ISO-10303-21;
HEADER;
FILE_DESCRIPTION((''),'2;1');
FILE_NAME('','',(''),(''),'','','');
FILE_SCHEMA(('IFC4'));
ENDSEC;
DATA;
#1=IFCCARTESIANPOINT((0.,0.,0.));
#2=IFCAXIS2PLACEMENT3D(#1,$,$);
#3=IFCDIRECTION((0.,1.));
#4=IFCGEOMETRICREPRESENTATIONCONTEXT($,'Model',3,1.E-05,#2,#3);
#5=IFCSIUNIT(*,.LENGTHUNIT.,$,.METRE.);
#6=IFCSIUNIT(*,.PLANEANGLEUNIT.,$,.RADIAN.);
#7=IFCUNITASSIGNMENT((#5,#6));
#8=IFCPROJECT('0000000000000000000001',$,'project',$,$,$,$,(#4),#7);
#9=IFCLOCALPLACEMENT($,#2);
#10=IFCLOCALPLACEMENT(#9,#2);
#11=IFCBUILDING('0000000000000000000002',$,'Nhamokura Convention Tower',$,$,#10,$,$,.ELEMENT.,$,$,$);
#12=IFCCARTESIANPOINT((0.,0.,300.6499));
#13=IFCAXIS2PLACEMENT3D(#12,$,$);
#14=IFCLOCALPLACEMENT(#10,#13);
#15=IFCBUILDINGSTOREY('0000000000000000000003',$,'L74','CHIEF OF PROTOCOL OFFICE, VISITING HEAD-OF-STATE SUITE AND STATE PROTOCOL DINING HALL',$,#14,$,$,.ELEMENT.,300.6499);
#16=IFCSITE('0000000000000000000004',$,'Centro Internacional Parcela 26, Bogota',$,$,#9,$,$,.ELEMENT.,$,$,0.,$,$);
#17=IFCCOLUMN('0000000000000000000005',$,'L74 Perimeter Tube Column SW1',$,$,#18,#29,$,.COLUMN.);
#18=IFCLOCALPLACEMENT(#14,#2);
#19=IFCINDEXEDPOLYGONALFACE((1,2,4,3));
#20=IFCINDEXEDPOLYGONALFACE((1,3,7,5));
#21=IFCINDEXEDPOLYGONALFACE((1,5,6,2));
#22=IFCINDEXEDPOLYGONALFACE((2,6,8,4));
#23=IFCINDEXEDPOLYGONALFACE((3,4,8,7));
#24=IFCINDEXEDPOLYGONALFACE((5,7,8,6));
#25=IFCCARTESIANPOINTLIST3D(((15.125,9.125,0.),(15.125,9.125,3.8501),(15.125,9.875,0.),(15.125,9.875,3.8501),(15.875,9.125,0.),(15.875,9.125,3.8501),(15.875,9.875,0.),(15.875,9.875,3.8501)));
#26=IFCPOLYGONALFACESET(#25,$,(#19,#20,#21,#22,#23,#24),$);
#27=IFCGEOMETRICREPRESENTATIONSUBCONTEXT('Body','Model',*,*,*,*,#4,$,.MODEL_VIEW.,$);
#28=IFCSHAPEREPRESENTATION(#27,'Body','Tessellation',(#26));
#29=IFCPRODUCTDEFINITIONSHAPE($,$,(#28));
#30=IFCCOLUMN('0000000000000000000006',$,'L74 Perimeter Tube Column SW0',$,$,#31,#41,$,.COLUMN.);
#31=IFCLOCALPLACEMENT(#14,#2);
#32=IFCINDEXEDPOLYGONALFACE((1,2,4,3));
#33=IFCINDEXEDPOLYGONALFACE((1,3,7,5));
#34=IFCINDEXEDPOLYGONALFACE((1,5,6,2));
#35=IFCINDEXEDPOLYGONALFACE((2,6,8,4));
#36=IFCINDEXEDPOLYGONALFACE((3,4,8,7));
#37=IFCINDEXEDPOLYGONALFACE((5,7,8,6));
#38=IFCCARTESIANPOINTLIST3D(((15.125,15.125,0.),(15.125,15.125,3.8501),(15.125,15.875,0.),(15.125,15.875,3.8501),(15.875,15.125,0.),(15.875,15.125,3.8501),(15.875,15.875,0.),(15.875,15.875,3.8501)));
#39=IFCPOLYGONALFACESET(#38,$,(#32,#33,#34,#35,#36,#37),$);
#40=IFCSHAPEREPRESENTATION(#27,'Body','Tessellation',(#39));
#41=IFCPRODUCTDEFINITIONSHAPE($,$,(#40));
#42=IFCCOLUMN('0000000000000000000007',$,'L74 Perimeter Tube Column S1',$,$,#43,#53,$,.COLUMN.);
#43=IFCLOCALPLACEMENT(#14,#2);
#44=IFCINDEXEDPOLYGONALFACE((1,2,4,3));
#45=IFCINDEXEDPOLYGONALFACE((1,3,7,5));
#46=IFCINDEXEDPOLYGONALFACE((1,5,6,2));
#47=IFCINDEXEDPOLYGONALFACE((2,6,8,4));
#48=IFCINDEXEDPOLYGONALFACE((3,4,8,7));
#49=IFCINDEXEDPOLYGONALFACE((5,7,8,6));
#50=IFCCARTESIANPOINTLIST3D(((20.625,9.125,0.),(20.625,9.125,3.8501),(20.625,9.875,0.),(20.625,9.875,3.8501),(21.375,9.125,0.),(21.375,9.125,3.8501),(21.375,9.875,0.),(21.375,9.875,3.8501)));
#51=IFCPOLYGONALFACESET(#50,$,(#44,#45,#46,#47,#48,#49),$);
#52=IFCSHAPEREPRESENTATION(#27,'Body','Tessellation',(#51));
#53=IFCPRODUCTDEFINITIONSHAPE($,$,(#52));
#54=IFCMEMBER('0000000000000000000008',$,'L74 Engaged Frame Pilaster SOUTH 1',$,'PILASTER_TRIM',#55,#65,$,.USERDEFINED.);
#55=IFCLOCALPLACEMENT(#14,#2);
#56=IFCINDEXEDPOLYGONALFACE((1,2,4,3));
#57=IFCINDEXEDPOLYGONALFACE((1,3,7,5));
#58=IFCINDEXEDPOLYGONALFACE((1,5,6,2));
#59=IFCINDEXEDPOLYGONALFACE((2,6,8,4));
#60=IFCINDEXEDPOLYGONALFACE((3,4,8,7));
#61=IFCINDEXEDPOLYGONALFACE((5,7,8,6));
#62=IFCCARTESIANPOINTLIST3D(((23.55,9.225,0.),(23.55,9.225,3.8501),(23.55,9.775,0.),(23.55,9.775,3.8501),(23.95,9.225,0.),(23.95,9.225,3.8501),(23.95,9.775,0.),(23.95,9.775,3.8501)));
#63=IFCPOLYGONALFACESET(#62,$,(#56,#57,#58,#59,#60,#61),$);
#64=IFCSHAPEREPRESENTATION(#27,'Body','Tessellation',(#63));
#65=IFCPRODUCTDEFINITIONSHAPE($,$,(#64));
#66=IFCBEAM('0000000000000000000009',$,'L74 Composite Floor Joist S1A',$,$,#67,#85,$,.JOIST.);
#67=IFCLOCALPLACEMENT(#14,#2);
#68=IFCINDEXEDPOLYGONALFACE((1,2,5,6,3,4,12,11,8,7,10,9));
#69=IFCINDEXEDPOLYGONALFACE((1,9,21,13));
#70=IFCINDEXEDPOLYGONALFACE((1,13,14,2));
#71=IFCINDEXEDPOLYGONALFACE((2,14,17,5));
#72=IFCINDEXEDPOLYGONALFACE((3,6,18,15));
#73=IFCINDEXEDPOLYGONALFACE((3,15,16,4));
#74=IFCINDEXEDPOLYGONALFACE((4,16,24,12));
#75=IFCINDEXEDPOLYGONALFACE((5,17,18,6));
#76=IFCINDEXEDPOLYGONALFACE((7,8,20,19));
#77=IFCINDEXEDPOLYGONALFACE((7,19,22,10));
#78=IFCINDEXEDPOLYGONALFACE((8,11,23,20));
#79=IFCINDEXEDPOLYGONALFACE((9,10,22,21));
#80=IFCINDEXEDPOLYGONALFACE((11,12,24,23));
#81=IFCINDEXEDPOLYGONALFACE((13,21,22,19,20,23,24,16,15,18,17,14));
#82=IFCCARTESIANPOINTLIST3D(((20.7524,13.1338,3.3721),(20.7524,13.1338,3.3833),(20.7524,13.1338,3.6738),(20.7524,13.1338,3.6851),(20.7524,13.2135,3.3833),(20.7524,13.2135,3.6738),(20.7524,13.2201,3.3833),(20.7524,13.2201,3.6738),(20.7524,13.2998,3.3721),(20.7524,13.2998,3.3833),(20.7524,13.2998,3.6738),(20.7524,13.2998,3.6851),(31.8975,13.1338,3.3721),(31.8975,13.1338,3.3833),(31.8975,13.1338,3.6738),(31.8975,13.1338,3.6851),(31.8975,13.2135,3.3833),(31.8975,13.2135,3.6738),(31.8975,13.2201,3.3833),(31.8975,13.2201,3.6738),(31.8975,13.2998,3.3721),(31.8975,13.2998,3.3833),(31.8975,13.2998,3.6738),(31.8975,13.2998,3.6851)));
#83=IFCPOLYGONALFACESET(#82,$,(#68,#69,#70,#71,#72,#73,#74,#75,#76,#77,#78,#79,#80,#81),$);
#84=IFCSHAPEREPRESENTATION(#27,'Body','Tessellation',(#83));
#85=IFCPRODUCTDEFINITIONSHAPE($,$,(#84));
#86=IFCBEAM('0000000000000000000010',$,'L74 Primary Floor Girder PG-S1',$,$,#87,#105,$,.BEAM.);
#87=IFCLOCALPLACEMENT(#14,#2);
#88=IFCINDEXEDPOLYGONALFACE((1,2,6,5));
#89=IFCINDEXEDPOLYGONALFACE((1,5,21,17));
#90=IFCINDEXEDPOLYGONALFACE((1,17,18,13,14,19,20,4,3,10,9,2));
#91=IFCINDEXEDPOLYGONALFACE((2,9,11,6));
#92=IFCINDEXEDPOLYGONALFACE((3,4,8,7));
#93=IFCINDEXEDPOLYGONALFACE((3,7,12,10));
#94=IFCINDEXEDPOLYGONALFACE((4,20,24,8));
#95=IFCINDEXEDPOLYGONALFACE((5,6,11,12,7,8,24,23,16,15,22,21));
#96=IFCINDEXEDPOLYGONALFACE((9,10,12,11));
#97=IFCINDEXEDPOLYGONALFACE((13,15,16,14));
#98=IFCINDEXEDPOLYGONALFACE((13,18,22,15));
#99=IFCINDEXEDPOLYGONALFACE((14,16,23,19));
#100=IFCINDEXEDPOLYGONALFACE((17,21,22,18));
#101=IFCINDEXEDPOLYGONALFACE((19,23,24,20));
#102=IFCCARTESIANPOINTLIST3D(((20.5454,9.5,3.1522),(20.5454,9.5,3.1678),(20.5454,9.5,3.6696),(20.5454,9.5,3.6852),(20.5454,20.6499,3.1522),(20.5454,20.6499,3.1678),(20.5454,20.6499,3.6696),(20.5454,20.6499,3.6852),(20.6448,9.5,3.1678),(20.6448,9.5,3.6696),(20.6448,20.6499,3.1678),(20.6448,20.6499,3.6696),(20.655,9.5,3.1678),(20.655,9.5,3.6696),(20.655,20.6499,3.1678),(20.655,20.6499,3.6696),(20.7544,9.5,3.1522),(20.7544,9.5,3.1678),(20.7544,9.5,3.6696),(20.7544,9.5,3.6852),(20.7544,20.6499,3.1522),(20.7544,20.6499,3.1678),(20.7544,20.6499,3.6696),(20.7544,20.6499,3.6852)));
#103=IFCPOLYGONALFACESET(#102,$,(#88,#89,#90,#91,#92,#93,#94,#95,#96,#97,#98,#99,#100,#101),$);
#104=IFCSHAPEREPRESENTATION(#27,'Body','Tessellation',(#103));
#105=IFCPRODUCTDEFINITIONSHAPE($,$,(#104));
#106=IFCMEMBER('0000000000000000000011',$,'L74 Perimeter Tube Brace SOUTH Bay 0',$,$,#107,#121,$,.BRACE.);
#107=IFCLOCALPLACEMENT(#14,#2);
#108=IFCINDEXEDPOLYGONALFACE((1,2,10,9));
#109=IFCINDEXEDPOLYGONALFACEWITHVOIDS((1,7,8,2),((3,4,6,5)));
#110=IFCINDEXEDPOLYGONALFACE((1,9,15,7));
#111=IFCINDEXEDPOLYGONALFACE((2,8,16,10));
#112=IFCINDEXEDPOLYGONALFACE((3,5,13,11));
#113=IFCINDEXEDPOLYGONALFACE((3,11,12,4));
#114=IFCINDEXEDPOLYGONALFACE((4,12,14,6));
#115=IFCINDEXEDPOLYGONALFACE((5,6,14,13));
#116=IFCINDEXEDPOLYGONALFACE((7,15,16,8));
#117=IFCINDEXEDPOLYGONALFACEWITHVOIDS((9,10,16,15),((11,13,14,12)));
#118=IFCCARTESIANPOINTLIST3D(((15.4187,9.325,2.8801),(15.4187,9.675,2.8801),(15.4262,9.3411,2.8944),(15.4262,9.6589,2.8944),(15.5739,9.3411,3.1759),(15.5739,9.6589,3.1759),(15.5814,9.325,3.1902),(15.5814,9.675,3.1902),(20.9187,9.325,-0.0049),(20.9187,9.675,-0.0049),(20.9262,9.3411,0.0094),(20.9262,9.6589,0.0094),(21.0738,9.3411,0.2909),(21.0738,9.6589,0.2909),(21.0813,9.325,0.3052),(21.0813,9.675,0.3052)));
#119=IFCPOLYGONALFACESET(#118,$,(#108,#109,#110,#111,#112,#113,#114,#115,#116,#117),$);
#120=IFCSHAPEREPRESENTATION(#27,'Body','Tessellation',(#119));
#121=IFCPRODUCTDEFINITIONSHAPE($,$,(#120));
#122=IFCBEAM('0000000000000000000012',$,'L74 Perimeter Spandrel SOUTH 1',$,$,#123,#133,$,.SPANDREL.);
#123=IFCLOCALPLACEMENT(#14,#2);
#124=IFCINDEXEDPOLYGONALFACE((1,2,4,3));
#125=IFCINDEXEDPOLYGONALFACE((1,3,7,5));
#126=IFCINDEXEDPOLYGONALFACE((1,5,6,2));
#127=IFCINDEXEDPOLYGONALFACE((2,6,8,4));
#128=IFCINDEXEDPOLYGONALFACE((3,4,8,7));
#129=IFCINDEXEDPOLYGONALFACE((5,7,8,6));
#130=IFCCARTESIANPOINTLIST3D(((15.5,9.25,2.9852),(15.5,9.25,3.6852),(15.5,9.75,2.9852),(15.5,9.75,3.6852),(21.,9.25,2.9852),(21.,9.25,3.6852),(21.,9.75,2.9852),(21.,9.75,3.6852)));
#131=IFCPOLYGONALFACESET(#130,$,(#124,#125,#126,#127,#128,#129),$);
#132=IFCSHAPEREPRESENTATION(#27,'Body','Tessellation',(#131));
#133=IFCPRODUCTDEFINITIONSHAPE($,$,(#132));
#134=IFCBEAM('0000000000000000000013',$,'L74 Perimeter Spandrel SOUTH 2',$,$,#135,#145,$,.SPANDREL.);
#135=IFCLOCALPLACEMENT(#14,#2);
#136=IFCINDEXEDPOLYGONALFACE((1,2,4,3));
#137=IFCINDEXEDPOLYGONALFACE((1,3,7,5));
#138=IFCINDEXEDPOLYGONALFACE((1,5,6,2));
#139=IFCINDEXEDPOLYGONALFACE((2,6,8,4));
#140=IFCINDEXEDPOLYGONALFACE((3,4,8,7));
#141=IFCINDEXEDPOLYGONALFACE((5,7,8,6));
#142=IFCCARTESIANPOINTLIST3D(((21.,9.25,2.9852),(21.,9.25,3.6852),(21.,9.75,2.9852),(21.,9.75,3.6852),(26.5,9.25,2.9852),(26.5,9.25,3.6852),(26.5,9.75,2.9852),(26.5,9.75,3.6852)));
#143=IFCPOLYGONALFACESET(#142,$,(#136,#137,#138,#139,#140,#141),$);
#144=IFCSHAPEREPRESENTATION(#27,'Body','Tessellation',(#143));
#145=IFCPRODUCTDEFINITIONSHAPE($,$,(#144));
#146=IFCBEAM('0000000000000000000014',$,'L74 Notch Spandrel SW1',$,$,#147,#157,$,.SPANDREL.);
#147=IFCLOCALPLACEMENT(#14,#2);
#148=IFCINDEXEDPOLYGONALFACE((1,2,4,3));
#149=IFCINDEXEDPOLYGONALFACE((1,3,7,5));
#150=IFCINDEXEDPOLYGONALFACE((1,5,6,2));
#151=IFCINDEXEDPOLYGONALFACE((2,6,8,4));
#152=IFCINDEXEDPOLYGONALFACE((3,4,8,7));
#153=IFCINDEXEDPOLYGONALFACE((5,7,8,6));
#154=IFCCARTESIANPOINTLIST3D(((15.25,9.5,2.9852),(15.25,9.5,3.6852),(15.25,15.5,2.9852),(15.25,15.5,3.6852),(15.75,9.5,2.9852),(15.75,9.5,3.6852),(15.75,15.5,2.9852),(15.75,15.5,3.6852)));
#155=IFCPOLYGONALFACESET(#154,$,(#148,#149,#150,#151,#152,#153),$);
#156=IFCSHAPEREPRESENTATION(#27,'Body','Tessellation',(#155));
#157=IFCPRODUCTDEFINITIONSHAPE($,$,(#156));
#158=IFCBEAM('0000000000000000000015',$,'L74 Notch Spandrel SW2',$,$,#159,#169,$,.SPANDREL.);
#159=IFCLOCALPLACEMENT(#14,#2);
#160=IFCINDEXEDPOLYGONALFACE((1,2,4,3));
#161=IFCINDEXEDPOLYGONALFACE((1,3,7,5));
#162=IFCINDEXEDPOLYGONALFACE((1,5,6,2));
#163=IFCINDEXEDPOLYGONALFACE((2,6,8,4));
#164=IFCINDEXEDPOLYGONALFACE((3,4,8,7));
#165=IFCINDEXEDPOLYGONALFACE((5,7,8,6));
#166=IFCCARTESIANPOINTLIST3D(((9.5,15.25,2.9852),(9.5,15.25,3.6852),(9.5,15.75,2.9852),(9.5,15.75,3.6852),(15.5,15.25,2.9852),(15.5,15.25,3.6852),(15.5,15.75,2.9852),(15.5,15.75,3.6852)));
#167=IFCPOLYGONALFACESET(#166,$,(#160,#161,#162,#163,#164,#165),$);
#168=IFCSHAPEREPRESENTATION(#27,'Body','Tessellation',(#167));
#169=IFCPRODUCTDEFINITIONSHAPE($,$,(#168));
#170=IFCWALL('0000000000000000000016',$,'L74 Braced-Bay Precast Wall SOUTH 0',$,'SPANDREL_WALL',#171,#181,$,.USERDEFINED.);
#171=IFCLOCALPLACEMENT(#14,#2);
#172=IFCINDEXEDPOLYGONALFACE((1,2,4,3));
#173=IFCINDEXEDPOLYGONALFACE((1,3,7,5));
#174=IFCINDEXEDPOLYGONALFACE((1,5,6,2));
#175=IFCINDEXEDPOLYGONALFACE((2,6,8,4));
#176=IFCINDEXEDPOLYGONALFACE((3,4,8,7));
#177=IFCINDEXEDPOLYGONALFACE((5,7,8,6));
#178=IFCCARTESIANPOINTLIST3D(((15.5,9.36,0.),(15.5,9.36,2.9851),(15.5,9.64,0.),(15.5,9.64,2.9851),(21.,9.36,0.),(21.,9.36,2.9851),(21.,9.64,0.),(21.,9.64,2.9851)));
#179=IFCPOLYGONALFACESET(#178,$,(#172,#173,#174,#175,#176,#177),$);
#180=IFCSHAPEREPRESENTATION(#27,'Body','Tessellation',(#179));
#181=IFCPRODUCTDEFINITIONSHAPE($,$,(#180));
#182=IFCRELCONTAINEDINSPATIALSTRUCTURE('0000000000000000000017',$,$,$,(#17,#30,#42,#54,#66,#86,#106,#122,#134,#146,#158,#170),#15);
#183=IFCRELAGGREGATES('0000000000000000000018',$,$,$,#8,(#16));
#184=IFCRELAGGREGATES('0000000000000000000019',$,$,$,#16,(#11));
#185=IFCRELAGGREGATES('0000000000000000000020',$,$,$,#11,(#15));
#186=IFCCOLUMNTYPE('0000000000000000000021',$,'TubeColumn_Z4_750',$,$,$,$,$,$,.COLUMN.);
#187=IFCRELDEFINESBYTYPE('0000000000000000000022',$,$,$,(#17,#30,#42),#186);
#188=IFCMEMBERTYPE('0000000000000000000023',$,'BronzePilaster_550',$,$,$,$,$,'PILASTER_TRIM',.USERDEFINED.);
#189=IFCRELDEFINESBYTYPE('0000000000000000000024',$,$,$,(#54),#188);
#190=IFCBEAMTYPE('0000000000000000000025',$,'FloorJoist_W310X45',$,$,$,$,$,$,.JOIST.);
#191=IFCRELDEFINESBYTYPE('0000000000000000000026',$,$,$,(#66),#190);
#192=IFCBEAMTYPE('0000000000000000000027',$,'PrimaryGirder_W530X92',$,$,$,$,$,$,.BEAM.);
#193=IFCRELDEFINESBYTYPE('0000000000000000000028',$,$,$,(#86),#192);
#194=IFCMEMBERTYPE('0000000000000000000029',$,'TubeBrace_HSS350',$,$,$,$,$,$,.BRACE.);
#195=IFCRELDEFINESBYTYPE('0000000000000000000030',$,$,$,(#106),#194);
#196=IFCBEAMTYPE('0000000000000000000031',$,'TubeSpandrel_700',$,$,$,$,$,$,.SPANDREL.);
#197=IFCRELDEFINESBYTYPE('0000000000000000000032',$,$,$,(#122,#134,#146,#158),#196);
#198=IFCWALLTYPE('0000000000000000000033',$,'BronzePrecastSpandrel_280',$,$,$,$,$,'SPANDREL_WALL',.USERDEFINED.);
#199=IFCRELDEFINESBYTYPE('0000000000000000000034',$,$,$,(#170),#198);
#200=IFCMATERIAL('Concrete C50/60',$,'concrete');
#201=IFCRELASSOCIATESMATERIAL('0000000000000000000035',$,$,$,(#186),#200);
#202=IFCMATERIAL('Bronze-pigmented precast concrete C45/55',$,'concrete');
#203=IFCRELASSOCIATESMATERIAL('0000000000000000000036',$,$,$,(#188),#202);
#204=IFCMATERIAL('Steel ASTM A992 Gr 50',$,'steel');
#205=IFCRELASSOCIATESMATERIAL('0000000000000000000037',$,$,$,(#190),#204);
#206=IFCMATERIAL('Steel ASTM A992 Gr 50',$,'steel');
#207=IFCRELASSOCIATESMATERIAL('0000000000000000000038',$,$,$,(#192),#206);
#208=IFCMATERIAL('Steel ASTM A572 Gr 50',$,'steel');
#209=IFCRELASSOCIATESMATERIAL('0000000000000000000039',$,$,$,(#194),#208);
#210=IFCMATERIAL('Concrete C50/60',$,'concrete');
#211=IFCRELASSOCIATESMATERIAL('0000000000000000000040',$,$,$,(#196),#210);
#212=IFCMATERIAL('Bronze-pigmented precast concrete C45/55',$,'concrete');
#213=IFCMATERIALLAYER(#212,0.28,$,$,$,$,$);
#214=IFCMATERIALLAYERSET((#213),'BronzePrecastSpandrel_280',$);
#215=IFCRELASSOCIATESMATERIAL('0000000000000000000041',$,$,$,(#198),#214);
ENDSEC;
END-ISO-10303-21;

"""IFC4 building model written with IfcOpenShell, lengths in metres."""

from ifc_helpers import new_model, si_unit, direction, frame, frame_2d, origin, origin_2d, place, context, subcontext, project, spatial, rectangle, hollow_rectangle, i_section, extrude, material, layer, layer_set, material_profile, profile_set, type_object, element, save


model = new_model("IFC4")

# Units and contexts
model_context = context("Model", 3, precision=1e-05, world=origin(), true_north=direction((0.0, 1.0)))
body_context = subcontext(model_context, "Body", "Model", "MODEL_VIEW")
ifc_project = project(units=[si_unit("LENGTHUNIT", "METRE"), si_unit("PLANEANGLEUNIT", "RADIAN")], contexts=[model_context])

# Site, building, storey
site_placement = place(None, origin())
site = spatial("IfcSite", under=ifc_project, at=site_placement, Name="Centro Internacional Parcela 26, Bogota", CompositionType="ELEMENT", RefElevation=0.0)
building_placement = place(site_placement, origin())
building = spatial("IfcBuilding", under=site, at=building_placement, Name="Nhamokura Convention Tower", CompositionType="ELEMENT")
storey_placement = place(building_placement, frame((0.0, 0.0, 300.6499)))
storey = spatial("IfcBuildingStorey", under=building, at=storey_placement, Name="L74", Description="CHIEF OF PROTOCOL OFFICE, VISITING HEAD-OF-STATE SUITE AND STATE PROTOCOL DINING HALL", CompositionType="ELEMENT", Elevation=300.6499)

# Columns
ifc_material_1 = material(Name="Concrete C50/60", Category="concrete")
ifc_material_profile_1 = material_profile(ifc_material_1, rectangle(XDim=0.75, YDim=0.75, at=origin_2d()))
ifc_profile_set_1 = profile_set([ifc_material_profile_1], Name="Concrete C50/60")
column_type = type_object("IfcColumnType", Name="TubeColumn_Z4_750", PredefinedType="COLUMN", material=ifc_profile_set_1)
for number, where, z_axis, x_axis, name in (
    (1, (15.5, 9.5, 0.0), (0.0, 0.0, 1.0), (1.0, 0.0, 0.0), "L74 Perimeter Tube Column SW1"),
    (2, (15.5, 15.5, 0.0), (0.0, 0.0, 1.0), (1.0, 0.0, 0.0), "L74 Perimeter Tube Column SW0"),
    (3, (21.0, 9.5, 0.0), (0.0, 0.0, 1.0), (1.0, 0.0, 0.0), "L74 Perimeter Tube Column S1"),
):
    element("IfcColumn", number, at=place(storey_placement, frame(where, z_axis=z_axis, x_axis=x_axis)), inside=storey, type_object=column_type, Name=name, PredefinedType="COLUMN", context=body_context, shape_type="SweptSolid", body=[
        extrude(rectangle(XDim=0.75, YDim=0.75, at=origin_2d()), origin(), (0.0, 0.0, 1.0), 3.8501),
    ])

# Member
ifc_material_2 = material(Name="Bronze-pigmented precast concrete C45/55", Category="concrete")
ifc_material_profile_2 = material_profile(ifc_material_2, rectangle(XDim=0.3999, YDim=0.55, at=origin_2d()))
ifc_profile_set_2 = profile_set([ifc_material_profile_2], Name="Bronze-pigmented precast concrete C45/55")
member_type_1 = type_object("IfcMemberType", Name="BronzePilaster_550", ElementType="PILASTER_TRIM", PredefinedType="USERDEFINED", material=ifc_profile_set_2)
member_1_placement = place(storey_placement, frame((23.75, 9.5, 0.0), z_axis=(0.0, 0.0, 1.0), x_axis=(1.0, 0.0, 0.0)))
element("IfcMember", 4, at=member_1_placement, inside=storey, type_object=member_type_1, Name="L74 Engaged Frame Pilaster SOUTH 1", ObjectType="PILASTER_TRIM", PredefinedType="USERDEFINED", context=body_context, shape_type="SweptSolid", body=[
    extrude(rectangle(XDim=0.3999, YDim=0.55, at=origin_2d()), origin(), (0.0, 0.0, 1.0), 3.8501),
])

# Beams
ifc_material_3 = material(Name="Steel ASTM A992 Gr 50", Category="steel")
ifc_material_profile_3 = material_profile(ifc_material_3, i_section(OverallWidth=0.166, OverallDepth=0.313, WebThickness=0.0066, FlangeThickness=0.0112, at=origin_2d()))
ifc_profile_set_3 = profile_set([ifc_material_profile_3], Name="Steel ASTM A992 Gr 50")
beam_type_1 = type_object("IfcBeamType", Name="FloorJoist_W310X45", PredefinedType="JOIST", material=ifc_profile_set_3)
beam_1_placement = place(storey_placement, frame((20.7524, 13.2168, 3.5286), z_axis=(1.0, 0.0, 0.0), x_axis=(0.0, 1.0, 0.0)))
element("IfcBeam", 5, at=beam_1_placement, inside=storey, type_object=beam_type_1, Name="L74 Composite Floor Joist S1A", PredefinedType="JOIST", context=body_context, shape_type="SweptSolid", body=[
    extrude(i_section(OverallWidth=0.166, OverallDepth=0.313, WebThickness=0.0066, FlangeThickness=0.0112, at=origin_2d()), origin(), (0.0, 0.0, 1.0), 11.145),
])
ifc_material_4 = material(Name="Steel ASTM A992 Gr 50", Category="steel")
ifc_material_profile_4 = material_profile(ifc_material_4, i_section(OverallWidth=0.209, OverallDepth=0.533, WebThickness=0.0103, FlangeThickness=0.0156, at=origin_2d()))
ifc_profile_set_4 = profile_set([ifc_material_profile_4], Name="Steel ASTM A992 Gr 50")
beam_type_2 = type_object("IfcBeamType", Name="PrimaryGirder_W530X92", PredefinedType="BEAM", material=ifc_profile_set_4)
beam_2_placement = place(storey_placement, frame((20.6499, 9.5, 3.4187), z_axis=(0.0, 1.0, 0.0), x_axis=(-1.0, 0.0, 0.0)))
element("IfcBeam", 6, at=beam_2_placement, inside=storey, type_object=beam_type_2, Name="L74 Primary Floor Girder PG-S1", PredefinedType="BEAM", context=body_context, shape_type="SweptSolid", body=[
    extrude(i_section(OverallWidth=0.209, OverallDepth=0.533, WebThickness=0.0103, FlangeThickness=0.0156, at=origin_2d()), origin(), (0.0, 0.0, 1.0), 11.1499),
])

# Member
ifc_material_5 = material(Name="Steel ASTM A572 Gr 50", Category="steel")
ifc_material_profile_5 = material_profile(ifc_material_5, hollow_rectangle(XDim=0.3501, YDim=0.3501, WallThickness=0.0161, at=origin_2d()))
ifc_profile_set_5 = profile_set([ifc_material_profile_5], Name="Steel ASTM A572 Gr 50")
member_type_2 = type_object("IfcMemberType", Name="TubeBrace_HSS350", PredefinedType="BRACE", material=ifc_profile_set_5)
member_2_placement = place(storey_placement, frame((21.0, 9.5, 0.1501), z_axis=(-0.885563, 0.0, 0.46452), x_axis=(0.0, -1.0, 0.0)))
element("IfcMember", 7, at=member_2_placement, inside=storey, type_object=member_type_2, Name="L74 Perimeter Tube Brace SOUTH Bay 0", PredefinedType="BRACE", context=body_context, shape_type="SweptSolid", body=[
    extrude(hollow_rectangle(XDim=0.3501, YDim=0.3501, WallThickness=0.0161, at=origin_2d()), origin(), (0.0, 0.0, 1.0), 6.2107),
])

# Beams
ifc_material_6 = material(Name="Concrete C50/60", Category="concrete")
ifc_material_profile_6 = material_profile(ifc_material_6, rectangle(XDim=0.5, YDim=0.7, at=origin_2d()))
ifc_profile_set_6 = profile_set([ifc_material_profile_6], Name="Concrete C50/60")
beam_type_3 = type_object("IfcBeamType", Name="TubeSpandrel_700", PredefinedType="SPANDREL", material=ifc_profile_set_6)
for number, where, z_axis, x_axis, name in (
    (8, (15.5, 9.5, 3.3352), (1.0, 0.0, 0.0), (0.0, 1.0, 0.0), "L74 Perimeter Spandrel SOUTH 1"),
    (9, (21.0, 9.5, 3.3352), (1.0, 0.0, 0.0), (0.0, 1.0, 0.0), "L74 Perimeter Spandrel SOUTH 2"),
):
    element("IfcBeam", number, at=place(storey_placement, frame(where, z_axis=z_axis, x_axis=x_axis)), inside=storey, type_object=beam_type_3, Name=name, PredefinedType="SPANDREL", context=body_context, shape_type="SweptSolid", body=[
        extrude(rectangle(XDim=0.5, YDim=0.7, at=origin_2d()), origin(), (0.0, 0.0, 1.0), 5.5),
    ])
for number, where, z_axis, x_axis, name in (
    (10, (15.5, 9.5, 3.3352), (0.0, 1.0, 0.0), (-1.0, 0.0, 0.0), "L74 Notch Spandrel SW1"),
    (11, (15.5, 15.5, 3.3352), (-1.0, 0.0, 0.0), (0.0, -1.0, 0.0), "L74 Notch Spandrel SW2"),
):
    element("IfcBeam", number, at=place(storey_placement, frame(where, z_axis=z_axis, x_axis=x_axis)), inside=storey, type_object=beam_type_3, Name=name, PredefinedType="SPANDREL", context=body_context, shape_type="SweptSolid", body=[
        extrude(rectangle(XDim=0.5, YDim=0.7, at=origin_2d()), origin(), (0.0, 0.0, 1.0), 6.0),
    ])

# Wall
ifc_material_7 = material(Name="Bronze-pigmented precast concrete C45/55", Category="concrete")
ifc_layer_1 = layer(ifc_material_7, 0.28)
ifc_layer_set_1 = layer_set([ifc_layer_1], Name="BronzePrecastSpandrel_280")
wall_type_1 = type_object("IfcWallType", Name="BronzePrecastSpandrel_280", ElementType="SPANDREL_WALL", PredefinedType="USERDEFINED", material=ifc_layer_set_1)
wall_1_placement = place(storey_placement, frame((21.0, 9.5, 0.0), z_axis=(0.0, 0.0, 1.0), x_axis=(-1.0, 0.0, 0.0)))
element("IfcWall", 12, at=wall_1_placement, inside=storey, type_object=wall_type_1, Name="L74 Braced-Bay Precast Wall SOUTH 0", ObjectType="SPANDREL_WALL", PredefinedType="USERDEFINED", context=body_context, shape_type="SweptSolid", body=[
    extrude(rectangle(XDim=5.5, YDim=0.28, at=frame_2d((2.75, 0.0))), origin(), (0.0, 0.0, 1.0), 2.9851),
])

save(model, "model.ifc")
